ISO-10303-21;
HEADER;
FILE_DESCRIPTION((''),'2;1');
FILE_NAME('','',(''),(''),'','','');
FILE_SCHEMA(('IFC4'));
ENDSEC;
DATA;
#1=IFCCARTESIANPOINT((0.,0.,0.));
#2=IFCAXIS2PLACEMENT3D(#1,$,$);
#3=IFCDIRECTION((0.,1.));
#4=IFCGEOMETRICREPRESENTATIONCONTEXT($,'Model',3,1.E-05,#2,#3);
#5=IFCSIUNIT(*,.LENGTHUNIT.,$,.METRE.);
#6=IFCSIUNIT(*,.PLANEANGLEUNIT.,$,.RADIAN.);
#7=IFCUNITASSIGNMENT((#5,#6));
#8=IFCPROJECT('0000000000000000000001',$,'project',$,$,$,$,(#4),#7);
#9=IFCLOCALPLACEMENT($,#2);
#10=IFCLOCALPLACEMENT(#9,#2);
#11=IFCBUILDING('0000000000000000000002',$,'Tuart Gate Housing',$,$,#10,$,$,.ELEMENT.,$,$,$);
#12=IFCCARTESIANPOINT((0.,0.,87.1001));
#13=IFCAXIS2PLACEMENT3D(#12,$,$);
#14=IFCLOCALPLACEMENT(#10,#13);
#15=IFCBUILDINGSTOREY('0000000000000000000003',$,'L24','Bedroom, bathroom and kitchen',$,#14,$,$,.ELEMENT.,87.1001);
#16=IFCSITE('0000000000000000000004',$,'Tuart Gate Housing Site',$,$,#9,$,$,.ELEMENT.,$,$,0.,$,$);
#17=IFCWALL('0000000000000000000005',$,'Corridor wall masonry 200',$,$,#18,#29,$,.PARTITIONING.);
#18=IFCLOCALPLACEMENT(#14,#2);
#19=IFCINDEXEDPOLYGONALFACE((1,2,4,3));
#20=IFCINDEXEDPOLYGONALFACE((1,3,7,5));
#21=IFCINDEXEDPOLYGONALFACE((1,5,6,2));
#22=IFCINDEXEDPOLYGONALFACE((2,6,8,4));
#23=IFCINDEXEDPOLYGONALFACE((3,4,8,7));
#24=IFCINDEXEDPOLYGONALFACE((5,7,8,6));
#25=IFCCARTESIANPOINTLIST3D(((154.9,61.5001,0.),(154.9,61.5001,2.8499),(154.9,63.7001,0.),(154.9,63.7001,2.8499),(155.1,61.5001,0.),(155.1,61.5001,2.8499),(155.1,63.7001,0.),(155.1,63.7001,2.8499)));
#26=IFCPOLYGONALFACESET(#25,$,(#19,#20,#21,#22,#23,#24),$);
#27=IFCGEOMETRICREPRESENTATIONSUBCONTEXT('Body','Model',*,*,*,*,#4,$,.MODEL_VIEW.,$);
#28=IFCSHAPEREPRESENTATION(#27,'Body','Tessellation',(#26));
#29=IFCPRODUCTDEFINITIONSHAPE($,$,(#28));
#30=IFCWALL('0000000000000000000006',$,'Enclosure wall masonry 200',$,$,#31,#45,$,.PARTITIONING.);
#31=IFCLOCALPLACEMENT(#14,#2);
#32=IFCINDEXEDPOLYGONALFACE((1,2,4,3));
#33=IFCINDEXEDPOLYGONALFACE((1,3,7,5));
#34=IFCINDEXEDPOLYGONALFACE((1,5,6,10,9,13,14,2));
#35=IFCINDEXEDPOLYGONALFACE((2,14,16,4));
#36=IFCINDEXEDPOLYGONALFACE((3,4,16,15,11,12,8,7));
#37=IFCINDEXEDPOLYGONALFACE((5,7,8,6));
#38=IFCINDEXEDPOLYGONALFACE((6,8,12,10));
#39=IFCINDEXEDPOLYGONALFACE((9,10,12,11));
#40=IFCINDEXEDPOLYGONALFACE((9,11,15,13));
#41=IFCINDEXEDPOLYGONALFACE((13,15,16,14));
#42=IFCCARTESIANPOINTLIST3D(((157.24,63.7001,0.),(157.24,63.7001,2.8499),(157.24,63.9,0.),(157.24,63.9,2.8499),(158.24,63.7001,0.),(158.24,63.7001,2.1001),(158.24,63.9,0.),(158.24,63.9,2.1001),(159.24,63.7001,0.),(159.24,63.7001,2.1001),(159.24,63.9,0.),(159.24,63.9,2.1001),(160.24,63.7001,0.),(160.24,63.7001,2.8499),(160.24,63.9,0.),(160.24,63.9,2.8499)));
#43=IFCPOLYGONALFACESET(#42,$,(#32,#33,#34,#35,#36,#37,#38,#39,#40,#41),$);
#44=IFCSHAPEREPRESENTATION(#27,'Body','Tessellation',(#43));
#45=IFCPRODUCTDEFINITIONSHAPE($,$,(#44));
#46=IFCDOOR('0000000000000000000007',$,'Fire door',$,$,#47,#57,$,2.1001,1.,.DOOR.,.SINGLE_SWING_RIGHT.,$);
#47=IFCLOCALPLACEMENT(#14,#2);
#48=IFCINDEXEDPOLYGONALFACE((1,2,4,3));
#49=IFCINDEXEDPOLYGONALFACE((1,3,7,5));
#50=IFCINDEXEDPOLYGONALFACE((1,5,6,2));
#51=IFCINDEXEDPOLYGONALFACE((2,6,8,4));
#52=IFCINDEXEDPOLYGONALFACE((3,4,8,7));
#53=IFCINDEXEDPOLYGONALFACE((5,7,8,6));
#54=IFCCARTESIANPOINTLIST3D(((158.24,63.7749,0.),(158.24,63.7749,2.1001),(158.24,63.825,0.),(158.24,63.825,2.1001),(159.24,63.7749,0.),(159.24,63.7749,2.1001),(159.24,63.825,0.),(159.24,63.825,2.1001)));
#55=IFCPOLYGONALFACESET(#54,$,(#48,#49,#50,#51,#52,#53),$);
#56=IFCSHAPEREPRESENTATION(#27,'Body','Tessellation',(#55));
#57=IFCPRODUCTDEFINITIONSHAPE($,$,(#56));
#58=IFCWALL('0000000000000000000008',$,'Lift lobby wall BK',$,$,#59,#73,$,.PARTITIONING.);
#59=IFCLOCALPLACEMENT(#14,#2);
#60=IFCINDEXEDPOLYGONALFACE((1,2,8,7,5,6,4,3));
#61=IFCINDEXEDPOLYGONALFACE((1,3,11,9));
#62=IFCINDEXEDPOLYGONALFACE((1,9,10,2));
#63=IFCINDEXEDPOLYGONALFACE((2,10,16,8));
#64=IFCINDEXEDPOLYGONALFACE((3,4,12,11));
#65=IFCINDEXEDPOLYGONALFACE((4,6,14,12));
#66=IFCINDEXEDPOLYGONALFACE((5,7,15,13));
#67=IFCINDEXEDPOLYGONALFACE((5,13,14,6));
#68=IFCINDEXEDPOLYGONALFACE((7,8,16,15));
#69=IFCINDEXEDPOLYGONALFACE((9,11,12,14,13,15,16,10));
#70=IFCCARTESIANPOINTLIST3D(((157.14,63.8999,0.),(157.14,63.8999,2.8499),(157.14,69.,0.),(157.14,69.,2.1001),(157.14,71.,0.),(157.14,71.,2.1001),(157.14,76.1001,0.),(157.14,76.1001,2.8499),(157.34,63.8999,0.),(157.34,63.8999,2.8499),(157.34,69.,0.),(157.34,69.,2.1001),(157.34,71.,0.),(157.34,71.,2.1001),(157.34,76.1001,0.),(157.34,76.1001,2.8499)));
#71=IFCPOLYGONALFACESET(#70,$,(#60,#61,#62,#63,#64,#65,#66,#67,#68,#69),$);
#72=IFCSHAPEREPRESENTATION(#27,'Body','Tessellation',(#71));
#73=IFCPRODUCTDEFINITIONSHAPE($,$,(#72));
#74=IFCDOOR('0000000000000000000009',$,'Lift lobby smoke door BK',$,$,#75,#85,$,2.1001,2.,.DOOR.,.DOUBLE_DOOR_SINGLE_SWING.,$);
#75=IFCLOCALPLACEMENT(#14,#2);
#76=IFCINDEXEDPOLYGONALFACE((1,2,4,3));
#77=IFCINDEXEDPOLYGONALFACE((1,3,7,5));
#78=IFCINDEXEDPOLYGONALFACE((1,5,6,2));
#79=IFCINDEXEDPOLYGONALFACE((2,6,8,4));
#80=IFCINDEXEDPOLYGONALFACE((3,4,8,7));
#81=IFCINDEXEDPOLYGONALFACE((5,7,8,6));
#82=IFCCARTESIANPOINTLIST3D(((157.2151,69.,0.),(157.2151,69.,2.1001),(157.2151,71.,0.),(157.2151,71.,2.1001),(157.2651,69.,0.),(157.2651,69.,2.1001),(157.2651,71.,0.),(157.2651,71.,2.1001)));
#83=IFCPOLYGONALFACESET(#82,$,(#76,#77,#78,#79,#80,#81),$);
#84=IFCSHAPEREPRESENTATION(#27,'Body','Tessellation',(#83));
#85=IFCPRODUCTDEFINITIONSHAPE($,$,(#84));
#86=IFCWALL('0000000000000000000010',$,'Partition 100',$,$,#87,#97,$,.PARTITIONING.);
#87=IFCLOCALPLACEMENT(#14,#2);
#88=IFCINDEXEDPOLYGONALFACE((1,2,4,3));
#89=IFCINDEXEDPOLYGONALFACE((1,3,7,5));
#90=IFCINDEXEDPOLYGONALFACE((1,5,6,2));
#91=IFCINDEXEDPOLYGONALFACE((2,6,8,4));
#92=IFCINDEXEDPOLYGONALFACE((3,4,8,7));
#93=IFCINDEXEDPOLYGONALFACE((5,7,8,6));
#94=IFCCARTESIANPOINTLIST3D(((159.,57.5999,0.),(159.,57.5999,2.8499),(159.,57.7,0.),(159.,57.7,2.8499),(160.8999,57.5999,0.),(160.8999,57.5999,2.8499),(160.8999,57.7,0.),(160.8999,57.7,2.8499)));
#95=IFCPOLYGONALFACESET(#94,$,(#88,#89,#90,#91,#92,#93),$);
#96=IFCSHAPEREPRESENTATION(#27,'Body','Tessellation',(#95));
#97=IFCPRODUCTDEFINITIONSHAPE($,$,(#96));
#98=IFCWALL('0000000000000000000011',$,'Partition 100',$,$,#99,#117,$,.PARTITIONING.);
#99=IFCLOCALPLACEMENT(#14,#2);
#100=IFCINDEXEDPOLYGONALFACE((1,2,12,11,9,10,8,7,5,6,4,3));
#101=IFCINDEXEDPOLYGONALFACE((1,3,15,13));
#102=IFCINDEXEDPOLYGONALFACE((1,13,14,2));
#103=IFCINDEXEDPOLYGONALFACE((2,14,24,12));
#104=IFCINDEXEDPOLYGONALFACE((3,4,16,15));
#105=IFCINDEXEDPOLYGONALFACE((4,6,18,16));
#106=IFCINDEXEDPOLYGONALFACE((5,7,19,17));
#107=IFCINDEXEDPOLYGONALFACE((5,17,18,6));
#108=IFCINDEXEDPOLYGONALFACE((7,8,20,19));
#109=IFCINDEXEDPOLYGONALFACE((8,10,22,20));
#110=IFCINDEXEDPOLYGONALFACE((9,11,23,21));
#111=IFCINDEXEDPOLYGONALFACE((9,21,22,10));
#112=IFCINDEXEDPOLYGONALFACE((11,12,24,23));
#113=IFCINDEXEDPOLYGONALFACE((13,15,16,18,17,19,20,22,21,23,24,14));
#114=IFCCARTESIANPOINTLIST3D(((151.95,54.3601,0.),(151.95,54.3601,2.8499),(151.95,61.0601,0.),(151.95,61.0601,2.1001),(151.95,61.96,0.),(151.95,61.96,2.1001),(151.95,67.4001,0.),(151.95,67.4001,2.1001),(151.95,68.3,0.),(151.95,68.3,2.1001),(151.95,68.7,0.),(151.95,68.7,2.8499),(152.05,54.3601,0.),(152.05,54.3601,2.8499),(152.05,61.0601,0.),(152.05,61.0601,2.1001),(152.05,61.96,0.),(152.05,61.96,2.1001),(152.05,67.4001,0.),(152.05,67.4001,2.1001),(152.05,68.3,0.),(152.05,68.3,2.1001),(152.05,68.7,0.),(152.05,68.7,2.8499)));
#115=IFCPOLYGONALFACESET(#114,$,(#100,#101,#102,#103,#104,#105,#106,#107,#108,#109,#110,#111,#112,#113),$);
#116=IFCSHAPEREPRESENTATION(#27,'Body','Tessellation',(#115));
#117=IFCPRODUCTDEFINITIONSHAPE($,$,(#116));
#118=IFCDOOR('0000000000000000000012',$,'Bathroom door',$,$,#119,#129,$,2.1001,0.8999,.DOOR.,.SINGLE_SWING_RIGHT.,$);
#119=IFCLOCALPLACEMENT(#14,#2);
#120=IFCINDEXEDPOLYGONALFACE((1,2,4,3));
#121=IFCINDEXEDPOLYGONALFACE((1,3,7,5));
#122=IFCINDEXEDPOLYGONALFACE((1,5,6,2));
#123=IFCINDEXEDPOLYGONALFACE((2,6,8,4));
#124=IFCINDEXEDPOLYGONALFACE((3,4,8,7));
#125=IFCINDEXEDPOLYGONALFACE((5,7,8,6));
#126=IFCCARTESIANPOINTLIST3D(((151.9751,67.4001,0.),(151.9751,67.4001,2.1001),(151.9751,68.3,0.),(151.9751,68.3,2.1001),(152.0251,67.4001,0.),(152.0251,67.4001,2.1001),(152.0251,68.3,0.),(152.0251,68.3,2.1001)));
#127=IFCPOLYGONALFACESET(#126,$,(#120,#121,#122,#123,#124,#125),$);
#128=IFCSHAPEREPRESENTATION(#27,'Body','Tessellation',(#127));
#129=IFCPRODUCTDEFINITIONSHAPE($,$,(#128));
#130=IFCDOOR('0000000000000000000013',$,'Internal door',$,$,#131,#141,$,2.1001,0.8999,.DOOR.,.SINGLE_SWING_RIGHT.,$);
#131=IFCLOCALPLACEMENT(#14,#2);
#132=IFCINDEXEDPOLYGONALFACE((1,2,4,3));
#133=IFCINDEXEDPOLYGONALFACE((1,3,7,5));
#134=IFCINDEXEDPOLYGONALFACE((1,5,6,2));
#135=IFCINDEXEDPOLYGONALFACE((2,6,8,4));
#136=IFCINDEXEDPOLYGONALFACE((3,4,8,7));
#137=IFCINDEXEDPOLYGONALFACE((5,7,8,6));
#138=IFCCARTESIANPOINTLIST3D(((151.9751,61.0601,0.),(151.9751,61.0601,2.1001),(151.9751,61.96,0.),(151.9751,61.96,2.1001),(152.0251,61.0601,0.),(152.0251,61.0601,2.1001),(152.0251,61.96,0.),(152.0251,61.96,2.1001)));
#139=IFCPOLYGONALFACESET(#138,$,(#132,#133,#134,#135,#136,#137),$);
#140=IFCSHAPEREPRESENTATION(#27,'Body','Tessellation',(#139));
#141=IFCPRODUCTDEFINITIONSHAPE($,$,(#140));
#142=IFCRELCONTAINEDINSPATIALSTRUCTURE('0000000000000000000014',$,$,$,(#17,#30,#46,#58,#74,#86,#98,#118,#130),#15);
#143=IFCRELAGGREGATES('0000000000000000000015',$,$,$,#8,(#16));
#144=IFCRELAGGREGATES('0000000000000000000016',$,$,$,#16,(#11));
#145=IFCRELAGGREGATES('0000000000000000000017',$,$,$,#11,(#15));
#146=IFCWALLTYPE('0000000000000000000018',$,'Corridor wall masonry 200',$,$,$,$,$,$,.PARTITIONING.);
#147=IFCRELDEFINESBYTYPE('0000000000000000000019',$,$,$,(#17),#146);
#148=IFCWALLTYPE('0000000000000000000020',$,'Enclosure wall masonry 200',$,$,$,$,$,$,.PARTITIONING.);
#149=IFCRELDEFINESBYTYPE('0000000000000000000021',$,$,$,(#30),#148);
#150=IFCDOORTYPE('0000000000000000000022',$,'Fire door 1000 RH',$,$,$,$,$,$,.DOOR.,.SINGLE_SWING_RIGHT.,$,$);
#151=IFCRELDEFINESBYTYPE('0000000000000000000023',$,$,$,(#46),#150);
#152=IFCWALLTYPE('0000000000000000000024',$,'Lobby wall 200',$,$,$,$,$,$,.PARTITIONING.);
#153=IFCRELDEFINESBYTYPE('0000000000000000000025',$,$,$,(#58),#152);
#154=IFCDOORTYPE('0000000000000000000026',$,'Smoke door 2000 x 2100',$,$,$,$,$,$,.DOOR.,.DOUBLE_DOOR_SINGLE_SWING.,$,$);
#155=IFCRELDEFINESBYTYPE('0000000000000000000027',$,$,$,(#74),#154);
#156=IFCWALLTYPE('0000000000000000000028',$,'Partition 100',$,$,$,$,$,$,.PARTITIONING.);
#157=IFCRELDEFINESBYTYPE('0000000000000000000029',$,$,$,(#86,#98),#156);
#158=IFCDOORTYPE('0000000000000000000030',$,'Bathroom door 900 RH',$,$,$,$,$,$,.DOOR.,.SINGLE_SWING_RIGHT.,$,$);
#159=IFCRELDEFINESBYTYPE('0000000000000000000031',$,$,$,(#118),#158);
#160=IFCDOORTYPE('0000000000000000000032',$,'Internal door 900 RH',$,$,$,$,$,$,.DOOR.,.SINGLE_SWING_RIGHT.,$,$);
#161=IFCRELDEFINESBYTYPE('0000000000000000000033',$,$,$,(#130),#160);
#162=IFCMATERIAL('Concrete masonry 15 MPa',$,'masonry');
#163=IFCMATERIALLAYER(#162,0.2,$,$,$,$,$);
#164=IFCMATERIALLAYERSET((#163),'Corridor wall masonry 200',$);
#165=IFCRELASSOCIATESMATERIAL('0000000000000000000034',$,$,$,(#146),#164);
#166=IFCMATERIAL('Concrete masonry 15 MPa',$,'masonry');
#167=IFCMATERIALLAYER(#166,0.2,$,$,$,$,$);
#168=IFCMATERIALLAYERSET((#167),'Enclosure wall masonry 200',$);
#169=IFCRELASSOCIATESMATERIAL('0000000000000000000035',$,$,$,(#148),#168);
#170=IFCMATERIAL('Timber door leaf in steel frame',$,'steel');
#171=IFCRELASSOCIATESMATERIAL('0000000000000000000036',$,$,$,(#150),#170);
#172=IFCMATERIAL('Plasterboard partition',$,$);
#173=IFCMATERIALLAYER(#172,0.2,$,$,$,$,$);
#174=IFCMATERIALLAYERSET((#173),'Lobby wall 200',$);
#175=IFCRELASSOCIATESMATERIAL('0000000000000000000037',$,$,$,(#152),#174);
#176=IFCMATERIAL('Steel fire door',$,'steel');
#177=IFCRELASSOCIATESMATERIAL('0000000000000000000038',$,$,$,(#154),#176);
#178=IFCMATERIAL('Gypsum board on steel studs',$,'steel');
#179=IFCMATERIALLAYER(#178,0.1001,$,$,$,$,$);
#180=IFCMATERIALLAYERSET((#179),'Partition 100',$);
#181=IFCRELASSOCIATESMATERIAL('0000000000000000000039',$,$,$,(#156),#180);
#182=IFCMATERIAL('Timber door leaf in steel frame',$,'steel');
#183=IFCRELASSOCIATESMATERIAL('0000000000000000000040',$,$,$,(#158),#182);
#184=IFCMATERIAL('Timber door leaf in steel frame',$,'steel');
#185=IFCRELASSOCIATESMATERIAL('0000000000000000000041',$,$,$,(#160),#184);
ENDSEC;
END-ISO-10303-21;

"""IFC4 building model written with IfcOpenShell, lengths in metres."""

from ifc_helpers import new_model, si_unit, direction, frame, frame_2d, origin, place, context, subcontext, project, spatial, rectangle, extrude, material, layer, layer_set, type_object, element, fill, save


model = new_model("IFC4")

# Units and contexts
model_context = context("Model", 3, precision=1e-05, world=origin(), true_north=direction((0.0, 1.0)))
body_context = subcontext(model_context, "Body", "Model", "MODEL_VIEW")
ifc_project = project(units=[si_unit("LENGTHUNIT", "METRE"), si_unit("PLANEANGLEUNIT", "RADIAN")], contexts=[model_context])

# Site, building, storey
site_placement = place(None, origin())
site = spatial("IfcSite", under=ifc_project, at=site_placement, Name="Tuart Gate Housing Site", CompositionType="ELEMENT", RefElevation=0.0)
building_placement = place(site_placement, origin())
building = spatial("IfcBuilding", under=site, at=building_placement, Name="Tuart Gate Housing", CompositionType="ELEMENT")
storey_placement = place(building_placement, frame((0.0, 0.0, 87.1001)))
storey = spatial("IfcBuildingStorey", under=building, at=storey_placement, Name="L24", Description="Bedroom, bathroom and kitchen", CompositionType="ELEMENT", Elevation=87.1001)

# Shared definitions
ifc_material_1 = material(Name="Concrete masonry 15 MPa", Category="masonry")
ifc_layer_1 = layer(ifc_material_1, 0.2)
ifc_layer_set_1 = layer_set([ifc_layer_1], Name="Corridor wall masonry 200")
wall_type_1 = type_object("IfcWallType", Name="Corridor wall masonry 200", PredefinedType="PARTITIONING", material=ifc_layer_set_1)

# Wall
wall_1_placement = place(storey_placement, frame((155.0, 61.5, 0.0), z_axis=(0.0, 0.0, 1.0), x_axis=(0.0, 1.0, 0.0)))
element("IfcWall", 1, at=wall_1_placement, inside=storey, type_object=wall_type_1, Name="Corridor wall masonry 200", PredefinedType="PARTITIONING", context=body_context, shape_type="SweptSolid", body=[
    extrude(rectangle(XDim=2.2, YDim=0.2, at=frame_2d((1.1001, 0.0))), origin(), (0.0, 0.0, 1.0), 2.8499),
])

# Walls, openings, doors
ifc_material_2 = material(Name="Concrete masonry 15 MPa", Category="masonry")
ifc_layer_2 = layer(ifc_material_2, 0.2)
ifc_layer_set_2 = layer_set([ifc_layer_2], Name="Enclosure wall masonry 200")
wall_type_2 = type_object("IfcWallType", Name="Enclosure wall masonry 200", PredefinedType="PARTITIONING", material=ifc_layer_set_2)
wall_2_placement = place(storey_placement, frame((157.24, 63.8, 0.0), z_axis=(0.0, 0.0, 1.0), x_axis=(1.0, 0.0, 0.0)))
wall_2 = element("IfcWall", 2, at=wall_2_placement, inside=storey, type_object=wall_type_2, Name="Enclosure wall masonry 200", PredefinedType="PARTITIONING", context=body_context, shape_type="SweptSolid", body=[
    extrude(rectangle(XDim=3.0, YDim=0.2, at=frame_2d((1.5, 0.0))), origin(), (0.0, 0.0, 1.0), 2.8499),
])
opening_1_placement = place(wall_2_placement, frame((1.0, 0.0, 0.0)))
opening_1 = element("IfcOpeningElement", 3, at=opening_1_placement, cuts=wall_2, PredefinedType="OPENING", context=body_context, shape_type="SweptSolid", body=[
    extrude(rectangle(XDim=1.0, YDim=2.1001, at=frame_2d((0.5, 1.05))), frame((0.0, 0.1099, 0.0), z_axis=(0.0, -1.0, 0.0), x_axis=(1.0, 0.0, 0.0)), (0.0, 0.0, 1.0), 0.22),
])
ifc_material_3 = material(Name="Timber door leaf in steel frame", Category="steel")
door_type_1 = type_object("IfcDoorType", Name="Fire door 1000 RH", OperationType="SINGLE_SWING_RIGHT", PredefinedType="DOOR", material=ifc_material_3)
door_1_placement = place(opening_1_placement, frame((1.0, 0.0, 0.0), z_axis=(0.0, 0.0, 1.0), x_axis=(-1.0, 0.0, 0.0)))
door_1 = element("IfcDoor", 4, at=door_1_placement, inside=storey, type_object=door_type_1, Name="Fire door", OperationType="SINGLE_SWING_RIGHT", OverallHeight=2.1001, OverallWidth=1.0, PredefinedType="DOOR", context=body_context, shape_type="SweptSolid", body=[
    extrude(rectangle(XDim=1.0, YDim=2.1001, at=frame_2d((0.5, 1.05))), frame((0.0, 0.0251, 0.0), z_axis=(0.0, -1.0, 0.0), x_axis=(1.0, 0.0, 0.0)), (0.0, 0.0, 1.0), 0.05),
])
fill(opening_1, door_1)
ifc_material_4 = material(Name="Plasterboard partition")
ifc_layer_3 = layer(ifc_material_4, 0.2)
ifc_layer_set_3 = layer_set([ifc_layer_3], Name="Lobby wall 200")
wall_type_3 = type_object("IfcWallType", Name="Lobby wall 200", PredefinedType="PARTITIONING", material=ifc_layer_set_3)
wall_3_placement = place(storey_placement, frame((157.24, 63.8999, 0.0), z_axis=(0.0, 0.0, 1.0), x_axis=(0.0, 1.0, 0.0)))
wall_3 = element("IfcWall", 5, at=wall_3_placement, inside=storey, type_object=wall_type_3, Name="Lift lobby wall BK", PredefinedType="PARTITIONING", context=body_context, shape_type="SweptSolid", body=[
    extrude(rectangle(XDim=12.2002, YDim=0.2, at=frame_2d((6.1001, 0.0))), origin(), (0.0, 0.0, 1.0), 2.8499),
])
opening_2_placement = place(wall_3_placement, frame((5.1001, 0.0, 0.0)))
opening_2 = element("IfcOpeningElement", 6, at=opening_2_placement, cuts=wall_3, PredefinedType="OPENING", context=body_context, shape_type="SweptSolid", body=[
    extrude(rectangle(XDim=2.0, YDim=2.1001, at=frame_2d((1.0, 1.05))), frame((0.0, 0.1099, 0.0), z_axis=(0.0, -1.0, 0.0), x_axis=(1.0, 0.0, 0.0)), (0.0, 0.0, 1.0), 0.22),
])
ifc_material_5 = material(Name="Steel fire door", Category="steel")
door_type_2 = type_object("IfcDoorType", Name="Smoke door 2000 x 2100", OperationType="DOUBLE_DOOR_SINGLE_SWING", PredefinedType="DOOR", material=ifc_material_5)
door_2_placement = place(opening_2_placement, frame((2.0, 0.0, 0.0), z_axis=(0.0, 0.0, 1.0), x_axis=(-1.0, 0.0, 0.0)))
door_2 = element("IfcDoor", 7, at=door_2_placement, inside=storey, type_object=door_type_2, Name="Lift lobby smoke door BK", OperationType="DOUBLE_DOOR_SINGLE_SWING", OverallHeight=2.1001, OverallWidth=2.0, PredefinedType="DOOR", context=body_context, shape_type="SweptSolid", body=[
    extrude(rectangle(XDim=2.0, YDim=2.1001, at=frame_2d((1.0, 1.05))), frame((0.0, 0.0251, 0.0), z_axis=(0.0, -1.0, 0.0), x_axis=(1.0, 0.0, 0.0)), (0.0, 0.0, 1.0), 0.05),
])
fill(opening_2, door_2)

# Wall
ifc_material_6 = material(Name="Gypsum board on steel studs", Category="steel")
ifc_layer_4 = layer(ifc_material_6, 0.1001)
ifc_layer_set_4 = layer_set([ifc_layer_4], Name="Partition 100")
wall_type_4 = type_object("IfcWallType", Name="Partition 100", PredefinedType="PARTITIONING", material=ifc_layer_set_4)
wall_4_placement = place(storey_placement, frame((159.0, 57.6499, 0.0), z_axis=(0.0, 0.0, 1.0), x_axis=(1.0, 0.0, 0.0)))
element("IfcWall", 8, at=wall_4_placement, inside=storey, type_object=wall_type_4, Name="Partition 100", PredefinedType="PARTITIONING", context=body_context, shape_type="SweptSolid", body=[
    extrude(rectangle(XDim=1.8999, YDim=0.1001, at=frame_2d((0.95, 0.0))), origin(), (0.0, 0.0, 1.0), 2.8499),
])

# Wall, openings, doors
wall_5_placement = place(storey_placement, frame((152.0, 54.3601, 0.0), z_axis=(0.0, 0.0, 1.0), x_axis=(0.0, 1.0, 0.0)))
wall_5 = element("IfcWall", 9, at=wall_5_placement, inside=storey, type_object=wall_type_4, Name="Partition 100", PredefinedType="PARTITIONING", context=body_context, shape_type="SweptSolid", body=[
    extrude(rectangle(XDim=14.3398, YDim=0.1001, at=frame_2d((7.1699, 0.0))), origin(), (0.0, 0.0, 1.0), 2.8499),
])
opening_3_placement = place(wall_5_placement, frame((6.7, 0.0, 0.0)))
opening_3 = element("IfcOpeningElement", 10, at=opening_3_placement, cuts=wall_5, PredefinedType="OPENING", context=body_context, shape_type="SweptSolid", body=[
    extrude(rectangle(XDim=0.8999, YDim=2.1001, at=frame_2d((0.45, 1.05))), frame((0.0, 0.0601, 0.0), z_axis=(0.0, -1.0, 0.0), x_axis=(1.0, 0.0, 0.0)), (0.0, 0.0, 1.0), 0.1201),
])
opening_4_placement = place(wall_5_placement, frame((13.04, 0.0, 0.0)))
opening_4 = element("IfcOpeningElement", 11, at=opening_4_placement, cuts=wall_5, PredefinedType="OPENING", context=body_context, shape_type="SweptSolid", body=[
    extrude(rectangle(XDim=0.8999, YDim=2.1001, at=frame_2d((0.45, 1.05))), frame((0.0, 0.0601, 0.0), z_axis=(0.0, -1.0, 0.0), x_axis=(1.0, 0.0, 0.0)), (0.0, 0.0, 1.0), 0.1201),
])
ifc_material_7 = material(Name="Timber door leaf in steel frame", Category="steel")
door_type_3 = type_object("IfcDoorType", Name="Bathroom door 900 RH", OperationType="SINGLE_SWING_RIGHT", PredefinedType="DOOR", material=ifc_material_7)
door_3_placement = place(opening_4_placement, origin())
door_3 = element("IfcDoor", 12, at=door_3_placement, inside=storey, type_object=door_type_3, Name="Bathroom door", OperationType="SINGLE_SWING_RIGHT", OverallHeight=2.1001, OverallWidth=0.8999, PredefinedType="DOOR", context=body_context, shape_type="SweptSolid", body=[
    extrude(rectangle(XDim=0.8999, YDim=2.1001, at=frame_2d((0.45, 1.05))), frame((0.0, 0.0249, 0.0), z_axis=(0.0, -1.0, 0.0), x_axis=(1.0, 0.0, 0.0)), (0.0, 0.0, 1.0), 0.05),
])
fill(opening_4, door_3)
ifc_material_8 = material(Name="Timber door leaf in steel frame", Category="steel")
door_type_4 = type_object("IfcDoorType", Name="Internal door 900 RH", OperationType="SINGLE_SWING_RIGHT", PredefinedType="DOOR", material=ifc_material_8)
door_4_placement = place(opening_3_placement, origin())
door_4 = element("IfcDoor", 13, at=door_4_placement, inside=storey, type_object=door_type_4, Name="Internal door", OperationType="SINGLE_SWING_RIGHT", OverallHeight=2.1001, OverallWidth=0.8999, PredefinedType="DOOR", context=body_context, shape_type="SweptSolid", body=[
    extrude(rectangle(XDim=0.8999, YDim=2.1001, at=frame_2d((0.45, 1.05))), frame((0.0, 0.0249, 0.0), z_axis=(0.0, -1.0, 0.0), x_axis=(1.0, 0.0, 0.0)), (0.0, 0.0, 1.0), 0.05),
])
fill(opening_3, door_4)

save(model, "model.ifc")
